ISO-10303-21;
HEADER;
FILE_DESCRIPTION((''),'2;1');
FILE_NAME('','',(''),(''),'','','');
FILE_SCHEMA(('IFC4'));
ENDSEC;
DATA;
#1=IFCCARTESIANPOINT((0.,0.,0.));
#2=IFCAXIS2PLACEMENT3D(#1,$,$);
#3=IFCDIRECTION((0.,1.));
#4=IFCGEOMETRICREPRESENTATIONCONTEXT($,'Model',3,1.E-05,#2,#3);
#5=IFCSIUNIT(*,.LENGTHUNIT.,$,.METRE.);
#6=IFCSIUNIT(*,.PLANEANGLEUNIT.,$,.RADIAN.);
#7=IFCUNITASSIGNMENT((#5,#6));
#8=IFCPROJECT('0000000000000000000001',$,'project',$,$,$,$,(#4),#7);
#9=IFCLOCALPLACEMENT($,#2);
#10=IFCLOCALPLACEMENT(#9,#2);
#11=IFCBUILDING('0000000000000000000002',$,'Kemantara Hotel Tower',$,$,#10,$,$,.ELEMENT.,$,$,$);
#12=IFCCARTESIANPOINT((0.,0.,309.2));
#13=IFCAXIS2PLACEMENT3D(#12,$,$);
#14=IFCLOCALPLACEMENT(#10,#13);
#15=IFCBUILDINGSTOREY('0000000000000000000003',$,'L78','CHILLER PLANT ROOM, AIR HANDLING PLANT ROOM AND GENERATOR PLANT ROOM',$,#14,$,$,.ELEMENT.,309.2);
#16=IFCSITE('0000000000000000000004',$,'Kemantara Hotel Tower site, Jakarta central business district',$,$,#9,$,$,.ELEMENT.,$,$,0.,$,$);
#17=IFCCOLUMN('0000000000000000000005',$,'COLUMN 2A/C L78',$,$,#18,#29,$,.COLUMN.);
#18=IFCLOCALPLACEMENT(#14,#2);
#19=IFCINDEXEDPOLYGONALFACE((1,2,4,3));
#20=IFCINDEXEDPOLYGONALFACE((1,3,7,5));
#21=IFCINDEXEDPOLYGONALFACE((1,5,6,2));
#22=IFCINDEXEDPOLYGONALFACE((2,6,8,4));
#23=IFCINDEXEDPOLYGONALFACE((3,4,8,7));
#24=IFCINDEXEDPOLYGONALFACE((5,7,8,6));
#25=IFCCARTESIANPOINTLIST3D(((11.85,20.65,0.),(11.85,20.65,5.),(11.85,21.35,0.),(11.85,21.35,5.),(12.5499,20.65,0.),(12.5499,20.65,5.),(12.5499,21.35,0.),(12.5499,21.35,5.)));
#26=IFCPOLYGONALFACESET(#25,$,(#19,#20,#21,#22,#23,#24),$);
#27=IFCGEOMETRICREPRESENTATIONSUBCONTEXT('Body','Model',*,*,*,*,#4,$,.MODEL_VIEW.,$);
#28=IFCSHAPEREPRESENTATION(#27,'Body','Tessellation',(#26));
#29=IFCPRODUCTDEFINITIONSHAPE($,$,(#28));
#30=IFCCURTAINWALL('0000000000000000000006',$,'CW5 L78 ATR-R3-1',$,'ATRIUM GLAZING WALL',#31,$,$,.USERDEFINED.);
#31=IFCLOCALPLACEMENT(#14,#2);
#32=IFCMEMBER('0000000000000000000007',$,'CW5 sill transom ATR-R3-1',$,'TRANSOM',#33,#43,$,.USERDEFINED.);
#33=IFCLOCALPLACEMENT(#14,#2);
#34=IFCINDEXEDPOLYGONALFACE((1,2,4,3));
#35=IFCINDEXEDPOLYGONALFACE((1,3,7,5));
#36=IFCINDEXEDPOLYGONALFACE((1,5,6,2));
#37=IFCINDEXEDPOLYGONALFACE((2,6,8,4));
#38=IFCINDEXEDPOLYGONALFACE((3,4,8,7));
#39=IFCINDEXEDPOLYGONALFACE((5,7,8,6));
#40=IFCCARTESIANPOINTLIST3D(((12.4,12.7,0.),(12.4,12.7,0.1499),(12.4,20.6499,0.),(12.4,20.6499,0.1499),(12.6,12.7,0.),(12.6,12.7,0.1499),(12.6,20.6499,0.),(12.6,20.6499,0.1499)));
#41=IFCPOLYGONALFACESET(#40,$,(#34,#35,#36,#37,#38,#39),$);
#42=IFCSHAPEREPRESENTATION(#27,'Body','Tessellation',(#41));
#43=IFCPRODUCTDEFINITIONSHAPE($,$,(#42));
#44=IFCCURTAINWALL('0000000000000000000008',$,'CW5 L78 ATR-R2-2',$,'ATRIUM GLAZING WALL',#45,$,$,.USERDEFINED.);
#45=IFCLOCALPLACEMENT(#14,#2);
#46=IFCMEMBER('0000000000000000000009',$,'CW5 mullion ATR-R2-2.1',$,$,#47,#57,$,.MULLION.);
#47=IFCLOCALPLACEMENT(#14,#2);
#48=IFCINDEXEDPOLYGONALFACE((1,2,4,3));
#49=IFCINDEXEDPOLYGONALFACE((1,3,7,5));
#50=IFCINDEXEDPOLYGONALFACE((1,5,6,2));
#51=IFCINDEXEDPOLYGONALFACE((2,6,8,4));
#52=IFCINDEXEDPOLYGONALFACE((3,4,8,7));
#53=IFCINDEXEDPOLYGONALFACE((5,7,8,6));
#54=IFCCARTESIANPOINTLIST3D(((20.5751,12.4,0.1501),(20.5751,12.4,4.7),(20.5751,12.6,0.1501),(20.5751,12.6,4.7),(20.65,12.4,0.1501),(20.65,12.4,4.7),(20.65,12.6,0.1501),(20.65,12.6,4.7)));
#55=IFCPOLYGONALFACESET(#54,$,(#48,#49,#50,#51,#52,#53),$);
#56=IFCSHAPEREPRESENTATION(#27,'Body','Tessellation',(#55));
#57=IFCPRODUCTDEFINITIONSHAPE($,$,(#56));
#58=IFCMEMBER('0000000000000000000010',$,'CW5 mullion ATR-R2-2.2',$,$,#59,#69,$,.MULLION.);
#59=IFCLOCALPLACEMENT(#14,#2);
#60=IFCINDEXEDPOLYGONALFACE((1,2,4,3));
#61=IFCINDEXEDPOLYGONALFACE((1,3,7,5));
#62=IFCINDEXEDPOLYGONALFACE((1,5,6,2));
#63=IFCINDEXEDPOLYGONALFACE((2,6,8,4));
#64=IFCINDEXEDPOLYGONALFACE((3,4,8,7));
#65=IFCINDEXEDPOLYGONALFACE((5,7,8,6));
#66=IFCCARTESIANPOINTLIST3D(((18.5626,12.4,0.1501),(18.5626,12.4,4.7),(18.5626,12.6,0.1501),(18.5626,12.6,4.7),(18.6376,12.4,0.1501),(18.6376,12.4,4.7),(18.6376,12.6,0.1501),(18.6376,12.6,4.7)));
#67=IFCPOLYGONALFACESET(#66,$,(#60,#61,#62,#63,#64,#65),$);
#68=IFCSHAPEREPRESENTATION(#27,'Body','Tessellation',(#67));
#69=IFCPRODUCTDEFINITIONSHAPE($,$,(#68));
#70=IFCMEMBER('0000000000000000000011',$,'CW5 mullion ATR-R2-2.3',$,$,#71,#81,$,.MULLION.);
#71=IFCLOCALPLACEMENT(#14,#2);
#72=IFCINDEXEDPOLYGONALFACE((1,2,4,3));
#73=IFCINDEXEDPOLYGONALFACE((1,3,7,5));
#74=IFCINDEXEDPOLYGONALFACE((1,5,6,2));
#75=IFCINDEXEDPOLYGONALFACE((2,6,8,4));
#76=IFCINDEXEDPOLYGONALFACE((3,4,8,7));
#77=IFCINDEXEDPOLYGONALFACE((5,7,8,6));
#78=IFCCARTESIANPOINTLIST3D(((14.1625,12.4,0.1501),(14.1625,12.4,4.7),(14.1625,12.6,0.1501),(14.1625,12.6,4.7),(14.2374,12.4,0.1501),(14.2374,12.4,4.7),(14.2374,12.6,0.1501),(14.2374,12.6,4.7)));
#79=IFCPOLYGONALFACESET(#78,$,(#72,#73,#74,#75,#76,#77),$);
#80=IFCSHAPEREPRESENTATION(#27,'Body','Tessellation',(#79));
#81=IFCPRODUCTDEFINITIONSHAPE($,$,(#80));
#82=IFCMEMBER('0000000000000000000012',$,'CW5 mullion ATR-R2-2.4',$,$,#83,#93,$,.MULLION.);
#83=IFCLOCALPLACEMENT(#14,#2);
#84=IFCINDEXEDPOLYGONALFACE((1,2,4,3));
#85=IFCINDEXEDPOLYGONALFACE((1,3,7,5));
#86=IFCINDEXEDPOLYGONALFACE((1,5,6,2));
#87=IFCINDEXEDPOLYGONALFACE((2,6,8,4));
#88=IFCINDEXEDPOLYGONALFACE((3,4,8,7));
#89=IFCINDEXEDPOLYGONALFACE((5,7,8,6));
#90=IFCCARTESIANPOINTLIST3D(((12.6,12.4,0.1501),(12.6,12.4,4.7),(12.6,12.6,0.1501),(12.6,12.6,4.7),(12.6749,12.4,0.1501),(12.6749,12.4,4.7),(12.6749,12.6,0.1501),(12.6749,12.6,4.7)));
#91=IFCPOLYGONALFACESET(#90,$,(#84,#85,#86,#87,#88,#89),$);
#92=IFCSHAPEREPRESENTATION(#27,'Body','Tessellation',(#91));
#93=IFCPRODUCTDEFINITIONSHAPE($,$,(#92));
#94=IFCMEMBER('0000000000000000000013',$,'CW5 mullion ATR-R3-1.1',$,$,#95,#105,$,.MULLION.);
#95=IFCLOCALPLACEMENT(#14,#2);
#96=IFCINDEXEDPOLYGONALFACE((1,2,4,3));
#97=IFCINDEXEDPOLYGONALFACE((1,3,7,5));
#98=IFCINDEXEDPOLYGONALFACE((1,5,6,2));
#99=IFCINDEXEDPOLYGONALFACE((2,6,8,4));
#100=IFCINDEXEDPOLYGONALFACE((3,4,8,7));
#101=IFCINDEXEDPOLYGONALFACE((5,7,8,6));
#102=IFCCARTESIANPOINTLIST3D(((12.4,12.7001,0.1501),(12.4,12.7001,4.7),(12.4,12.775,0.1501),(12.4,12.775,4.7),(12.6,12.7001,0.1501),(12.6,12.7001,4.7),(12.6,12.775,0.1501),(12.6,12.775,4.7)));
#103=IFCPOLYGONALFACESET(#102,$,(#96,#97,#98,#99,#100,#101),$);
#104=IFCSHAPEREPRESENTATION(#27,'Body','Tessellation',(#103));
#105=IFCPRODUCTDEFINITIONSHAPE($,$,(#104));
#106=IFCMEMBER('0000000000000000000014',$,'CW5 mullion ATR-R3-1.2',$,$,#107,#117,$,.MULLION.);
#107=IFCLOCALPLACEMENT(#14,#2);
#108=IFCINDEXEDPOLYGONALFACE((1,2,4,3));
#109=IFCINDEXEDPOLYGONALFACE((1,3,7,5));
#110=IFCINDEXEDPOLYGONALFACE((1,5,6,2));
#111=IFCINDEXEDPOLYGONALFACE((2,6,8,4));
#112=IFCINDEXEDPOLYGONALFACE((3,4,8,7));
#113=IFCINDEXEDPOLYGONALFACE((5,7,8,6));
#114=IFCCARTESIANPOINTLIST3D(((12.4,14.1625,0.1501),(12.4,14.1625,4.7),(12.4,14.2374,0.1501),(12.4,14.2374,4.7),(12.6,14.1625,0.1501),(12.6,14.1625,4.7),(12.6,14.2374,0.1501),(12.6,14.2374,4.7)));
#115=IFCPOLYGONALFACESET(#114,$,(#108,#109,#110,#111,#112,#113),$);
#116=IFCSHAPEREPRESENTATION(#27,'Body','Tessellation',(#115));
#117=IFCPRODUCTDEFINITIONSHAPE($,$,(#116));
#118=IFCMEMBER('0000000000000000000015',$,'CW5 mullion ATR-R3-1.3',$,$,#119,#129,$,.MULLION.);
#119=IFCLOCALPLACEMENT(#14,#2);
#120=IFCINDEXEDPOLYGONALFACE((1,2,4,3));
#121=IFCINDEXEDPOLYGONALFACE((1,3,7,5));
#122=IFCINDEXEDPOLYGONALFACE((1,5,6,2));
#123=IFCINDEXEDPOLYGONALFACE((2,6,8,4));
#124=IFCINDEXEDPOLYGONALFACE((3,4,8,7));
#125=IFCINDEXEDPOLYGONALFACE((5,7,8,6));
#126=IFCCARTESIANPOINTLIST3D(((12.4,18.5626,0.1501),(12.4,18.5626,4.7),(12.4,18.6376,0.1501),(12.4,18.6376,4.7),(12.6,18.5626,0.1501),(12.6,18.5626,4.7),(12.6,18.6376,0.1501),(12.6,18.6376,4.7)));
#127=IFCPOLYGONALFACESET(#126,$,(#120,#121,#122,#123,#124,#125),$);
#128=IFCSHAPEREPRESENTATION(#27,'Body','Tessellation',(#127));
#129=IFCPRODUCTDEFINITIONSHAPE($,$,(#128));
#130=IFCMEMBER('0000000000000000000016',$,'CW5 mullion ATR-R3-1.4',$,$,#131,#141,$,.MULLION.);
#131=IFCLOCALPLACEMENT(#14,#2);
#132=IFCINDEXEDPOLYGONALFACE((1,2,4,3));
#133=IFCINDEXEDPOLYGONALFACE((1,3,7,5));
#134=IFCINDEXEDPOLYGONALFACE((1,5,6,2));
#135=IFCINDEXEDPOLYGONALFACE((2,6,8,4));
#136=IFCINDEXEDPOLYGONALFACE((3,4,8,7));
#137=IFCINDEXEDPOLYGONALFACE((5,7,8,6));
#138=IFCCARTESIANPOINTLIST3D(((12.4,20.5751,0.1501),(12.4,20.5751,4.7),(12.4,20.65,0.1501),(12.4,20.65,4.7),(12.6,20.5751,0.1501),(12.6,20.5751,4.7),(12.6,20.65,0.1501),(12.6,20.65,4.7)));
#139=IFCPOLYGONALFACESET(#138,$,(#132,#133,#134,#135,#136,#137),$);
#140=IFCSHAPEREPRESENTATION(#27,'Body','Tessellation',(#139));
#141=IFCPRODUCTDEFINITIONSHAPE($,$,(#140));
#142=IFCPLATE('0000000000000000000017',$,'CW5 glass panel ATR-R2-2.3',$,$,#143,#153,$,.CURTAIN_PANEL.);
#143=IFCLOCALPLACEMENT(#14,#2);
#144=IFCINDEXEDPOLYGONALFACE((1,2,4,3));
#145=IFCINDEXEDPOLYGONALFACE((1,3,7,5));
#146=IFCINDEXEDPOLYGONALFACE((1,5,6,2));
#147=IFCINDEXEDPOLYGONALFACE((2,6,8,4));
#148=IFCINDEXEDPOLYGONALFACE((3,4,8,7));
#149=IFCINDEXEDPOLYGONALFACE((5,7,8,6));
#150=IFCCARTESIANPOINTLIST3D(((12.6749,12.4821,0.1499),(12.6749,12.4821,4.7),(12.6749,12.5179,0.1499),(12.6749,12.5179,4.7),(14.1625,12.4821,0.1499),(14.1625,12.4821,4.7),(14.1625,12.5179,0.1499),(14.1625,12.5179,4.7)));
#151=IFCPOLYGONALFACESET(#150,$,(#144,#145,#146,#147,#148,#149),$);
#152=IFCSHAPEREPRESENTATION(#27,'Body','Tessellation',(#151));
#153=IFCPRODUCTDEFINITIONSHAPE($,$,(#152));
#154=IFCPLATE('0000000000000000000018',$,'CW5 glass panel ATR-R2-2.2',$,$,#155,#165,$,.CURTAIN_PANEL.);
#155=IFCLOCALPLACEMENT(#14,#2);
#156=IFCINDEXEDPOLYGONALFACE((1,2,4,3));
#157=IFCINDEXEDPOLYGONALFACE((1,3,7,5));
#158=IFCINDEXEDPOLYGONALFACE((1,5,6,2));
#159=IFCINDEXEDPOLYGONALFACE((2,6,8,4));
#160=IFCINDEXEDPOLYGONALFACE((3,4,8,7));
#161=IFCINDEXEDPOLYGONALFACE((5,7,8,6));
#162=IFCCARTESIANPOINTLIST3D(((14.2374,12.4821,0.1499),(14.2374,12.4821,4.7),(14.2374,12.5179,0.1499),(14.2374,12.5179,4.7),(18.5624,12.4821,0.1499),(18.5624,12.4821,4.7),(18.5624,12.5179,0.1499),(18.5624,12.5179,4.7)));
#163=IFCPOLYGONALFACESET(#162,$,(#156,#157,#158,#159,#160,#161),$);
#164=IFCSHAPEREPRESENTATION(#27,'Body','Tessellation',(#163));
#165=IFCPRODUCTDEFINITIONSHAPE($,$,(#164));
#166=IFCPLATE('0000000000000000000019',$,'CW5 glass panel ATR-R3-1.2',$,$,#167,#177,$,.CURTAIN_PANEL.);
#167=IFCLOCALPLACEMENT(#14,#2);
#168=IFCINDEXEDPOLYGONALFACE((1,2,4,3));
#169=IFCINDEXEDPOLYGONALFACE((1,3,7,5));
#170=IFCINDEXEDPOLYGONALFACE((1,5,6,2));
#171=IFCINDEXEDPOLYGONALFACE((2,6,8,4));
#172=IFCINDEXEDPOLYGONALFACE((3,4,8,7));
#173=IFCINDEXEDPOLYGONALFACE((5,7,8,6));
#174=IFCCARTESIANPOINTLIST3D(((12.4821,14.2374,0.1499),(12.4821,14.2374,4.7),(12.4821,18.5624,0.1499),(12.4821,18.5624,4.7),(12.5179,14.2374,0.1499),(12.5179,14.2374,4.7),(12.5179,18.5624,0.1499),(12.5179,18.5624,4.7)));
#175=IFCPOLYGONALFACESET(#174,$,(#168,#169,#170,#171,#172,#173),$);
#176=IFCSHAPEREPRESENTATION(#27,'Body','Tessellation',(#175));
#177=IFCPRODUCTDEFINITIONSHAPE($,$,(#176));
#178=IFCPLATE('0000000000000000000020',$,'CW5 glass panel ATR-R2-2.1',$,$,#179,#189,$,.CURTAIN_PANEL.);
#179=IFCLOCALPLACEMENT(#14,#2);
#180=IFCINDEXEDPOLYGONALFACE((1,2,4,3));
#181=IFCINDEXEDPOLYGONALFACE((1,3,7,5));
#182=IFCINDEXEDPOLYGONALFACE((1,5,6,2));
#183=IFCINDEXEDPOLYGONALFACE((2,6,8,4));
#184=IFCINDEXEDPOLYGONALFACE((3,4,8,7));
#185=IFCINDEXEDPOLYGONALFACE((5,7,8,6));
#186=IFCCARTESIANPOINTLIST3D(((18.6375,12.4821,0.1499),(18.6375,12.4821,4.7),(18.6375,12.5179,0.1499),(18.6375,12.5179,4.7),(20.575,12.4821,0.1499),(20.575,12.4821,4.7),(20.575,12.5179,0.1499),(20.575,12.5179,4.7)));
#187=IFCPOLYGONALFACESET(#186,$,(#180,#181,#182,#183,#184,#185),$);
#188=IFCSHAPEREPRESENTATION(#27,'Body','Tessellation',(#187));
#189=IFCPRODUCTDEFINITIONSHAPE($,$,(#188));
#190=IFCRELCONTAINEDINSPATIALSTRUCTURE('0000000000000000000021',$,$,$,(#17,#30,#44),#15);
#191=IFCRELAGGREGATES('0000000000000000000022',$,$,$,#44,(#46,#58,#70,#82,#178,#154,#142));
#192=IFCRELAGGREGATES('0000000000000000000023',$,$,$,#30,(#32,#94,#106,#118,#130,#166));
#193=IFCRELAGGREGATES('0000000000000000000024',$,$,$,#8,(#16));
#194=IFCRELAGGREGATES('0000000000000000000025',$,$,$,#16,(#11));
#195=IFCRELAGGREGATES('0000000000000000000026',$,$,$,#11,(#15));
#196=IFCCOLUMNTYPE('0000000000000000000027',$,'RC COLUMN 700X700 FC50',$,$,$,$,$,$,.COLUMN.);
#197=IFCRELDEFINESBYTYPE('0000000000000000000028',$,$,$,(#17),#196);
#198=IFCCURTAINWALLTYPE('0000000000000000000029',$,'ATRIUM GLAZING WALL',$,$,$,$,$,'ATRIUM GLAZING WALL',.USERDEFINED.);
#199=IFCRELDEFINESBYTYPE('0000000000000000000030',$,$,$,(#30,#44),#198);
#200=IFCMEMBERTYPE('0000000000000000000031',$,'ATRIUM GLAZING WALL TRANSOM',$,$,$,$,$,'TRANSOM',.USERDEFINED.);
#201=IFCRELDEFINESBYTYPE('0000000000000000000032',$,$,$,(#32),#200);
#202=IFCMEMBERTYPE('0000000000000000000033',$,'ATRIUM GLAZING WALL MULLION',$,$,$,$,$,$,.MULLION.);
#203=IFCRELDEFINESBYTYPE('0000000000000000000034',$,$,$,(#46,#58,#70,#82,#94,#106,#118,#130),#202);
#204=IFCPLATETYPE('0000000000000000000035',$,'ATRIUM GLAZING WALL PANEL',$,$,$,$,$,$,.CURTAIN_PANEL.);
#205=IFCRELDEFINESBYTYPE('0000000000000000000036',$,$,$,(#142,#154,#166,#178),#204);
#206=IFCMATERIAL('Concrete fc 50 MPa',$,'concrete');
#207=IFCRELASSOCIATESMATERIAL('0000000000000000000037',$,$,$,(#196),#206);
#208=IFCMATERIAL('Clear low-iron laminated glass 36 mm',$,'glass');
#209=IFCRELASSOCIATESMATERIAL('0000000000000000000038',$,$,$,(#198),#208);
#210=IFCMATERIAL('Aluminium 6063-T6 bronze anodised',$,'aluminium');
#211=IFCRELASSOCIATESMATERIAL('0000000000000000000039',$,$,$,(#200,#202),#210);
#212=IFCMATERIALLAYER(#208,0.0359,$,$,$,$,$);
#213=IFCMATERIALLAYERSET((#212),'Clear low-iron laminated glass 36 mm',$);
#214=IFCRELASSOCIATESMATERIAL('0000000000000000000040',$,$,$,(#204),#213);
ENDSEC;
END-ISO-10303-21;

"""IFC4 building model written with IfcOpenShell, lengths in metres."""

from ifc_helpers import new_model, si_unit, direction, frame, origin, origin_2d, place, context, subcontext, project, spatial, rectangle, extrude, source, transform, mapped, material, layer, layer_set, material_profile, profile_set, type_object, element, aggregate, save


model = new_model("IFC4")

# Units and contexts
model_context = context("Model", 3, precision=1e-05, world=origin(), true_north=direction((0.0, 1.0)))
body_context = subcontext(model_context, "Body", "Model", "MODEL_VIEW")
ifc_project = project(units=[si_unit("LENGTHUNIT", "METRE"), si_unit("PLANEANGLEUNIT", "RADIAN")], contexts=[model_context])

# Site, building, storey
site_placement = place(None, origin())
site = spatial("IfcSite", under=ifc_project, at=site_placement, Name="Kemantara Hotel Tower site, Jakarta central business district", CompositionType="ELEMENT", RefElevation=0.0)
building_placement = place(site_placement, origin())
building = spatial("IfcBuilding", under=site, at=building_placement, Name="Kemantara Hotel Tower", CompositionType="ELEMENT")
storey_placement = place(building_placement, frame((0.0, 0.0, 309.2)))
storey = spatial("IfcBuildingStorey", under=building, at=storey_placement, Name="L78", Description="CHILLER PLANT ROOM, AIR HANDLING PLANT ROOM AND GENERATOR PLANT ROOM", CompositionType="ELEMENT", Elevation=309.2)

# Column
ifc_material_1 = material(Name="Concrete fc 50 MPa", Category="concrete")
ifc_material_profile_1 = material_profile(ifc_material_1, rectangle(XDim=0.7, YDim=0.7, at=origin_2d()), Name="RC 700X700")
ifc_profile_set_1 = profile_set([ifc_material_profile_1], Name="Concrete fc 50 MPa")
column_type = type_object("IfcColumnType", Name="RC COLUMN 700X700 FC50", PredefinedType="COLUMN", material=ifc_profile_set_1)
column_placement = place(storey_placement, frame((12.2, 21.0, 0.0), z_axis=(0.0, 0.0, 1.0), x_axis=(1.0, 0.0, 0.0)))
element("IfcColumn", 1, at=column_placement, inside=storey, type_object=column_type, Name="COLUMN 2A/C L78", PredefinedType="COLUMN", context=body_context, shape_type="SweptSolid", body=[
    extrude(rectangle(XDim=0.7, YDim=0.7, at=origin_2d()), origin(), (0.0, 0.0, 1.0), 5.0),
])

# Curtain wall, member
ifc_material_2 = material(Name="Clear low-iron laminated glass 36 mm", Category="glass")
curtain_wall_type = type_object("IfcCurtainWallType", Name="ATRIUM GLAZING WALL", ElementType="ATRIUM GLAZING WALL", PredefinedType="USERDEFINED", material=ifc_material_2)
curtain_wall_1_placement = place(storey_placement, origin())
curtain_wall_1 = element("IfcCurtainWall", 2, at=curtain_wall_1_placement, inside=storey, type_object=curtain_wall_type, Name="CW5 L78 ATR-R3-1", ObjectType="ATRIUM GLAZING WALL", PredefinedType="USERDEFINED")
ifc_material_3 = material(Name="Aluminium 6063-T6 bronze anodised", Category="aluminium")
ifc_material_profile_2 = material_profile(ifc_material_3, rectangle(XDim=0.2, YDim=0.1499, at=origin_2d()), Name="ATRIUM GLAZING WALL TRANSOM")
ifc_profile_set_2 = profile_set([ifc_material_profile_2], Name="Aluminium 6063-T6 bronze anodised")
member_type_1 = type_object("IfcMemberType", Name="ATRIUM GLAZING WALL TRANSOM", ElementType="TRANSOM", PredefinedType="USERDEFINED", material=ifc_profile_set_2)
member_1_placement = place(storey_placement, frame((12.5, 12.7, 0.075), z_axis=(0.0, 1.0, 0.0), x_axis=(-1.0, 0.0, 0.0)))
member_1 = element("IfcMember", 3, at=member_1_placement, type_object=member_type_1, Name="CW5 sill transom ATR-R3-1", ObjectType="TRANSOM", PredefinedType="USERDEFINED", context=body_context, shape_type="SweptSolid", body=[
    extrude(rectangle(XDim=0.2, YDim=0.1499, at=origin_2d()), origin(), (0.0, 0.0, 1.0), 7.95),
])

# Curtain wall, members
curtain_wall_2_placement = place(storey_placement, origin())
curtain_wall_2 = element("IfcCurtainWall", 4, at=curtain_wall_2_placement, inside=storey, type_object=curtain_wall_type, Name="CW5 L78 ATR-R2-2", ObjectType="ATRIUM GLAZING WALL", PredefinedType="USERDEFINED")
ifc_material_profile_3 = material_profile(ifc_material_3, rectangle(XDim=0.2, YDim=0.075, at=origin_2d()), Name="ATRIUM GLAZING WALL MULLION")
ifc_profile_set_3 = profile_set([ifc_material_profile_3], Name="Aluminium 6063-T6 bronze anodised")
member_type_2 = type_object("IfcMemberType", Name="ATRIUM GLAZING WALL MULLION", PredefinedType="MULLION", material=ifc_profile_set_3)
shared_shape_1 = source(origin(), body_context, "Body", "SweptSolid", [
    extrude(rectangle(XDim=0.2, YDim=0.075, at=origin_2d()), origin(), (0.0, 0.0, 1.0), 4.5498),
])
member_2_placement = place(storey_placement, frame((20.6125, 12.5, 0.1501), z_axis=(0.0, 0.0, 1.0), x_axis=(0.0, -1.0, 0.0)))
member_2 = element("IfcMember", 5, at=member_2_placement, type_object=member_type_2, Name="CW5 mullion ATR-R2-2.1", PredefinedType="MULLION", context=body_context, shape_type="MappedRepresentation", body=[
    mapped(shared_shape_1, transform((0.0, 0.0, 0.0))),
])
member_3_placement = place(storey_placement, frame((18.6001, 12.5, 0.1501), z_axis=(0.0, 0.0, 1.0), x_axis=(0.0, -1.0, 0.0)))
member_3 = element("IfcMember", 6, at=member_3_placement, type_object=member_type_2, Name="CW5 mullion ATR-R2-2.2", PredefinedType="MULLION", context=body_context, shape_type="MappedRepresentation", body=[
    mapped(shared_shape_1, transform((0.0, 0.0, 0.0))),
])
member_4_placement = place(storey_placement, frame((14.2, 12.5, 0.1501), z_axis=(0.0, 0.0, 1.0), x_axis=(0.0, -1.0, 0.0)))
member_4 = element("IfcMember", 7, at=member_4_placement, type_object=member_type_2, Name="CW5 mullion ATR-R2-2.3", PredefinedType="MULLION", context=body_context, shape_type="MappedRepresentation", body=[
    mapped(shared_shape_1, transform((0.0, 0.0, 0.0))),
])
member_5_placement = place(storey_placement, frame((12.6375, 12.5, 0.1501), z_axis=(0.0, 0.0, 1.0), x_axis=(0.0, -1.0, 0.0)))
member_5 = element("IfcMember", 8, at=member_5_placement, type_object=member_type_2, Name="CW5 mullion ATR-R2-2.4", PredefinedType="MULLION", context=body_context, shape_type="MappedRepresentation", body=[
    mapped(shared_shape_1, transform((0.0, 0.0, 0.0))),
])

# Members
member_6_placement = place(storey_placement, frame((12.5, 12.7375, 0.1501), z_axis=(0.0, 0.0, 1.0), x_axis=(-1.0, 0.0, 0.0)))
member_6 = element("IfcMember", 9, at=member_6_placement, type_object=member_type_2, Name="CW5 mullion ATR-R3-1.1", PredefinedType="MULLION", context=body_context, shape_type="MappedRepresentation", body=[
    mapped(shared_shape_1, transform((0.0, 0.0, 0.0))),
])
member_7_placement = place(storey_placement, frame((12.5, 14.2, 0.1501), z_axis=(0.0, 0.0, 1.0), x_axis=(-1.0, 0.0, 0.0)))
member_7 = element("IfcMember", 10, at=member_7_placement, type_object=member_type_2, Name="CW5 mullion ATR-R3-1.2", PredefinedType="MULLION", context=body_context, shape_type="MappedRepresentation", body=[
    mapped(shared_shape_1, transform((0.0, 0.0, 0.0))),
])
member_8_placement = place(storey_placement, frame((12.5, 18.6001, 0.1501), z_axis=(0.0, 0.0, 1.0), x_axis=(-1.0, 0.0, 0.0)))
member_8 = element("IfcMember", 11, at=member_8_placement, type_object=member_type_2, Name="CW5 mullion ATR-R3-1.3", PredefinedType="MULLION", context=body_context, shape_type="MappedRepresentation", body=[
    mapped(shared_shape_1, transform((0.0, 0.0, 0.0))),
])
member_9_placement = place(storey_placement, frame((12.5, 20.6125, 0.1501), z_axis=(0.0, 0.0, 1.0), x_axis=(-1.0, 0.0, 0.0)))
member_9 = element("IfcMember", 12, at=member_9_placement, type_object=member_type_2, Name="CW5 mullion ATR-R3-1.4", PredefinedType="MULLION", context=body_context, shape_type="MappedRepresentation", body=[
    mapped(shared_shape_1, transform((0.0, 0.0, 0.0))),
])

# Plates
ifc_layer_1 = layer(ifc_material_2, 0.0359)
ifc_layer_set_1 = layer_set([ifc_layer_1], Name="Clear low-iron laminated glass 36 mm")
plate_type = type_object("IfcPlateType", Name="ATRIUM GLAZING WALL PANEL", PredefinedType="CURTAIN_PANEL", material=ifc_layer_set_1)
shared_shape_2 = source(origin(), body_context, "Body", "SweptSolid", [
    extrude(rectangle(XDim=1.4875, YDim=0.0359, at=origin_2d()), origin(), (0.0, 0.0, 1.0), 4.55),
])
plate_1_placement = place(storey_placement, frame((13.4187, 12.5, 0.1499), z_axis=(0.0, 0.0, 1.0), x_axis=(-1.0, 0.0, 0.0)))
plate_1 = element("IfcPlate", 13, at=plate_1_placement, type_object=plate_type, Name="CW5 glass panel ATR-R2-2.3", PredefinedType="CURTAIN_PANEL", context=body_context, shape_type="MappedRepresentation", body=[
    mapped(shared_shape_2, transform((0.0, 0.0, 0.0))),
])
shared_shape_3 = source(origin(), body_context, "Body", "SweptSolid", [
    extrude(rectangle(XDim=4.325, YDim=0.0359, at=origin_2d()), origin(), (0.0, 0.0, 1.0), 4.55),
])
plate_2_placement = place(storey_placement, frame((16.3999, 12.5, 0.1499), z_axis=(0.0, 0.0, 1.0), x_axis=(-1.0, 0.0, 0.0)))
plate_2 = element("IfcPlate", 14, at=plate_2_placement, type_object=plate_type, Name="CW5 glass panel ATR-R2-2.2", PredefinedType="CURTAIN_PANEL", context=body_context, shape_type="MappedRepresentation", body=[
    mapped(shared_shape_3, transform((0.0, 0.0, 0.0))),
])
plate_3_placement = place(storey_placement, frame((12.5, 16.3999, 0.1499), z_axis=(0.0, 0.0, 1.0), x_axis=(0.0, 1.0, 0.0)))
plate_3 = element("IfcPlate", 15, at=plate_3_placement, type_object=plate_type, Name="CW5 glass panel ATR-R3-1.2", PredefinedType="CURTAIN_PANEL", context=body_context, shape_type="MappedRepresentation", body=[
    mapped(shared_shape_3, transform((0.0, 0.0, 0.0))),
])
shared_shape_4 = source(origin(), body_context, "Body", "SweptSolid", [
    extrude(rectangle(XDim=1.9375, YDim=0.0359, at=origin_2d()), origin(), (0.0, 0.0, 1.0), 4.55),
])
plate_4_placement = place(storey_placement, frame((19.6062, 12.5, 0.1499), z_axis=(0.0, 0.0, 1.0), x_axis=(-1.0, 0.0, 0.0)))
plate_4 = element("IfcPlate", 16, at=plate_4_placement, type_object=plate_type, Name="CW5 glass panel ATR-R2-2.1", PredefinedType="CURTAIN_PANEL", context=body_context, shape_type="MappedRepresentation", body=[
    mapped(shared_shape_4, transform((0.0, 0.0, 0.0))),
])
aggregate(curtain_wall_2, [member_2, member_3, member_4, member_5, plate_4, plate_2, plate_1])
aggregate(curtain_wall_1, [member_1, member_6, member_7, member_8, member_9, plate_3])

save(model, "model.ifc")
